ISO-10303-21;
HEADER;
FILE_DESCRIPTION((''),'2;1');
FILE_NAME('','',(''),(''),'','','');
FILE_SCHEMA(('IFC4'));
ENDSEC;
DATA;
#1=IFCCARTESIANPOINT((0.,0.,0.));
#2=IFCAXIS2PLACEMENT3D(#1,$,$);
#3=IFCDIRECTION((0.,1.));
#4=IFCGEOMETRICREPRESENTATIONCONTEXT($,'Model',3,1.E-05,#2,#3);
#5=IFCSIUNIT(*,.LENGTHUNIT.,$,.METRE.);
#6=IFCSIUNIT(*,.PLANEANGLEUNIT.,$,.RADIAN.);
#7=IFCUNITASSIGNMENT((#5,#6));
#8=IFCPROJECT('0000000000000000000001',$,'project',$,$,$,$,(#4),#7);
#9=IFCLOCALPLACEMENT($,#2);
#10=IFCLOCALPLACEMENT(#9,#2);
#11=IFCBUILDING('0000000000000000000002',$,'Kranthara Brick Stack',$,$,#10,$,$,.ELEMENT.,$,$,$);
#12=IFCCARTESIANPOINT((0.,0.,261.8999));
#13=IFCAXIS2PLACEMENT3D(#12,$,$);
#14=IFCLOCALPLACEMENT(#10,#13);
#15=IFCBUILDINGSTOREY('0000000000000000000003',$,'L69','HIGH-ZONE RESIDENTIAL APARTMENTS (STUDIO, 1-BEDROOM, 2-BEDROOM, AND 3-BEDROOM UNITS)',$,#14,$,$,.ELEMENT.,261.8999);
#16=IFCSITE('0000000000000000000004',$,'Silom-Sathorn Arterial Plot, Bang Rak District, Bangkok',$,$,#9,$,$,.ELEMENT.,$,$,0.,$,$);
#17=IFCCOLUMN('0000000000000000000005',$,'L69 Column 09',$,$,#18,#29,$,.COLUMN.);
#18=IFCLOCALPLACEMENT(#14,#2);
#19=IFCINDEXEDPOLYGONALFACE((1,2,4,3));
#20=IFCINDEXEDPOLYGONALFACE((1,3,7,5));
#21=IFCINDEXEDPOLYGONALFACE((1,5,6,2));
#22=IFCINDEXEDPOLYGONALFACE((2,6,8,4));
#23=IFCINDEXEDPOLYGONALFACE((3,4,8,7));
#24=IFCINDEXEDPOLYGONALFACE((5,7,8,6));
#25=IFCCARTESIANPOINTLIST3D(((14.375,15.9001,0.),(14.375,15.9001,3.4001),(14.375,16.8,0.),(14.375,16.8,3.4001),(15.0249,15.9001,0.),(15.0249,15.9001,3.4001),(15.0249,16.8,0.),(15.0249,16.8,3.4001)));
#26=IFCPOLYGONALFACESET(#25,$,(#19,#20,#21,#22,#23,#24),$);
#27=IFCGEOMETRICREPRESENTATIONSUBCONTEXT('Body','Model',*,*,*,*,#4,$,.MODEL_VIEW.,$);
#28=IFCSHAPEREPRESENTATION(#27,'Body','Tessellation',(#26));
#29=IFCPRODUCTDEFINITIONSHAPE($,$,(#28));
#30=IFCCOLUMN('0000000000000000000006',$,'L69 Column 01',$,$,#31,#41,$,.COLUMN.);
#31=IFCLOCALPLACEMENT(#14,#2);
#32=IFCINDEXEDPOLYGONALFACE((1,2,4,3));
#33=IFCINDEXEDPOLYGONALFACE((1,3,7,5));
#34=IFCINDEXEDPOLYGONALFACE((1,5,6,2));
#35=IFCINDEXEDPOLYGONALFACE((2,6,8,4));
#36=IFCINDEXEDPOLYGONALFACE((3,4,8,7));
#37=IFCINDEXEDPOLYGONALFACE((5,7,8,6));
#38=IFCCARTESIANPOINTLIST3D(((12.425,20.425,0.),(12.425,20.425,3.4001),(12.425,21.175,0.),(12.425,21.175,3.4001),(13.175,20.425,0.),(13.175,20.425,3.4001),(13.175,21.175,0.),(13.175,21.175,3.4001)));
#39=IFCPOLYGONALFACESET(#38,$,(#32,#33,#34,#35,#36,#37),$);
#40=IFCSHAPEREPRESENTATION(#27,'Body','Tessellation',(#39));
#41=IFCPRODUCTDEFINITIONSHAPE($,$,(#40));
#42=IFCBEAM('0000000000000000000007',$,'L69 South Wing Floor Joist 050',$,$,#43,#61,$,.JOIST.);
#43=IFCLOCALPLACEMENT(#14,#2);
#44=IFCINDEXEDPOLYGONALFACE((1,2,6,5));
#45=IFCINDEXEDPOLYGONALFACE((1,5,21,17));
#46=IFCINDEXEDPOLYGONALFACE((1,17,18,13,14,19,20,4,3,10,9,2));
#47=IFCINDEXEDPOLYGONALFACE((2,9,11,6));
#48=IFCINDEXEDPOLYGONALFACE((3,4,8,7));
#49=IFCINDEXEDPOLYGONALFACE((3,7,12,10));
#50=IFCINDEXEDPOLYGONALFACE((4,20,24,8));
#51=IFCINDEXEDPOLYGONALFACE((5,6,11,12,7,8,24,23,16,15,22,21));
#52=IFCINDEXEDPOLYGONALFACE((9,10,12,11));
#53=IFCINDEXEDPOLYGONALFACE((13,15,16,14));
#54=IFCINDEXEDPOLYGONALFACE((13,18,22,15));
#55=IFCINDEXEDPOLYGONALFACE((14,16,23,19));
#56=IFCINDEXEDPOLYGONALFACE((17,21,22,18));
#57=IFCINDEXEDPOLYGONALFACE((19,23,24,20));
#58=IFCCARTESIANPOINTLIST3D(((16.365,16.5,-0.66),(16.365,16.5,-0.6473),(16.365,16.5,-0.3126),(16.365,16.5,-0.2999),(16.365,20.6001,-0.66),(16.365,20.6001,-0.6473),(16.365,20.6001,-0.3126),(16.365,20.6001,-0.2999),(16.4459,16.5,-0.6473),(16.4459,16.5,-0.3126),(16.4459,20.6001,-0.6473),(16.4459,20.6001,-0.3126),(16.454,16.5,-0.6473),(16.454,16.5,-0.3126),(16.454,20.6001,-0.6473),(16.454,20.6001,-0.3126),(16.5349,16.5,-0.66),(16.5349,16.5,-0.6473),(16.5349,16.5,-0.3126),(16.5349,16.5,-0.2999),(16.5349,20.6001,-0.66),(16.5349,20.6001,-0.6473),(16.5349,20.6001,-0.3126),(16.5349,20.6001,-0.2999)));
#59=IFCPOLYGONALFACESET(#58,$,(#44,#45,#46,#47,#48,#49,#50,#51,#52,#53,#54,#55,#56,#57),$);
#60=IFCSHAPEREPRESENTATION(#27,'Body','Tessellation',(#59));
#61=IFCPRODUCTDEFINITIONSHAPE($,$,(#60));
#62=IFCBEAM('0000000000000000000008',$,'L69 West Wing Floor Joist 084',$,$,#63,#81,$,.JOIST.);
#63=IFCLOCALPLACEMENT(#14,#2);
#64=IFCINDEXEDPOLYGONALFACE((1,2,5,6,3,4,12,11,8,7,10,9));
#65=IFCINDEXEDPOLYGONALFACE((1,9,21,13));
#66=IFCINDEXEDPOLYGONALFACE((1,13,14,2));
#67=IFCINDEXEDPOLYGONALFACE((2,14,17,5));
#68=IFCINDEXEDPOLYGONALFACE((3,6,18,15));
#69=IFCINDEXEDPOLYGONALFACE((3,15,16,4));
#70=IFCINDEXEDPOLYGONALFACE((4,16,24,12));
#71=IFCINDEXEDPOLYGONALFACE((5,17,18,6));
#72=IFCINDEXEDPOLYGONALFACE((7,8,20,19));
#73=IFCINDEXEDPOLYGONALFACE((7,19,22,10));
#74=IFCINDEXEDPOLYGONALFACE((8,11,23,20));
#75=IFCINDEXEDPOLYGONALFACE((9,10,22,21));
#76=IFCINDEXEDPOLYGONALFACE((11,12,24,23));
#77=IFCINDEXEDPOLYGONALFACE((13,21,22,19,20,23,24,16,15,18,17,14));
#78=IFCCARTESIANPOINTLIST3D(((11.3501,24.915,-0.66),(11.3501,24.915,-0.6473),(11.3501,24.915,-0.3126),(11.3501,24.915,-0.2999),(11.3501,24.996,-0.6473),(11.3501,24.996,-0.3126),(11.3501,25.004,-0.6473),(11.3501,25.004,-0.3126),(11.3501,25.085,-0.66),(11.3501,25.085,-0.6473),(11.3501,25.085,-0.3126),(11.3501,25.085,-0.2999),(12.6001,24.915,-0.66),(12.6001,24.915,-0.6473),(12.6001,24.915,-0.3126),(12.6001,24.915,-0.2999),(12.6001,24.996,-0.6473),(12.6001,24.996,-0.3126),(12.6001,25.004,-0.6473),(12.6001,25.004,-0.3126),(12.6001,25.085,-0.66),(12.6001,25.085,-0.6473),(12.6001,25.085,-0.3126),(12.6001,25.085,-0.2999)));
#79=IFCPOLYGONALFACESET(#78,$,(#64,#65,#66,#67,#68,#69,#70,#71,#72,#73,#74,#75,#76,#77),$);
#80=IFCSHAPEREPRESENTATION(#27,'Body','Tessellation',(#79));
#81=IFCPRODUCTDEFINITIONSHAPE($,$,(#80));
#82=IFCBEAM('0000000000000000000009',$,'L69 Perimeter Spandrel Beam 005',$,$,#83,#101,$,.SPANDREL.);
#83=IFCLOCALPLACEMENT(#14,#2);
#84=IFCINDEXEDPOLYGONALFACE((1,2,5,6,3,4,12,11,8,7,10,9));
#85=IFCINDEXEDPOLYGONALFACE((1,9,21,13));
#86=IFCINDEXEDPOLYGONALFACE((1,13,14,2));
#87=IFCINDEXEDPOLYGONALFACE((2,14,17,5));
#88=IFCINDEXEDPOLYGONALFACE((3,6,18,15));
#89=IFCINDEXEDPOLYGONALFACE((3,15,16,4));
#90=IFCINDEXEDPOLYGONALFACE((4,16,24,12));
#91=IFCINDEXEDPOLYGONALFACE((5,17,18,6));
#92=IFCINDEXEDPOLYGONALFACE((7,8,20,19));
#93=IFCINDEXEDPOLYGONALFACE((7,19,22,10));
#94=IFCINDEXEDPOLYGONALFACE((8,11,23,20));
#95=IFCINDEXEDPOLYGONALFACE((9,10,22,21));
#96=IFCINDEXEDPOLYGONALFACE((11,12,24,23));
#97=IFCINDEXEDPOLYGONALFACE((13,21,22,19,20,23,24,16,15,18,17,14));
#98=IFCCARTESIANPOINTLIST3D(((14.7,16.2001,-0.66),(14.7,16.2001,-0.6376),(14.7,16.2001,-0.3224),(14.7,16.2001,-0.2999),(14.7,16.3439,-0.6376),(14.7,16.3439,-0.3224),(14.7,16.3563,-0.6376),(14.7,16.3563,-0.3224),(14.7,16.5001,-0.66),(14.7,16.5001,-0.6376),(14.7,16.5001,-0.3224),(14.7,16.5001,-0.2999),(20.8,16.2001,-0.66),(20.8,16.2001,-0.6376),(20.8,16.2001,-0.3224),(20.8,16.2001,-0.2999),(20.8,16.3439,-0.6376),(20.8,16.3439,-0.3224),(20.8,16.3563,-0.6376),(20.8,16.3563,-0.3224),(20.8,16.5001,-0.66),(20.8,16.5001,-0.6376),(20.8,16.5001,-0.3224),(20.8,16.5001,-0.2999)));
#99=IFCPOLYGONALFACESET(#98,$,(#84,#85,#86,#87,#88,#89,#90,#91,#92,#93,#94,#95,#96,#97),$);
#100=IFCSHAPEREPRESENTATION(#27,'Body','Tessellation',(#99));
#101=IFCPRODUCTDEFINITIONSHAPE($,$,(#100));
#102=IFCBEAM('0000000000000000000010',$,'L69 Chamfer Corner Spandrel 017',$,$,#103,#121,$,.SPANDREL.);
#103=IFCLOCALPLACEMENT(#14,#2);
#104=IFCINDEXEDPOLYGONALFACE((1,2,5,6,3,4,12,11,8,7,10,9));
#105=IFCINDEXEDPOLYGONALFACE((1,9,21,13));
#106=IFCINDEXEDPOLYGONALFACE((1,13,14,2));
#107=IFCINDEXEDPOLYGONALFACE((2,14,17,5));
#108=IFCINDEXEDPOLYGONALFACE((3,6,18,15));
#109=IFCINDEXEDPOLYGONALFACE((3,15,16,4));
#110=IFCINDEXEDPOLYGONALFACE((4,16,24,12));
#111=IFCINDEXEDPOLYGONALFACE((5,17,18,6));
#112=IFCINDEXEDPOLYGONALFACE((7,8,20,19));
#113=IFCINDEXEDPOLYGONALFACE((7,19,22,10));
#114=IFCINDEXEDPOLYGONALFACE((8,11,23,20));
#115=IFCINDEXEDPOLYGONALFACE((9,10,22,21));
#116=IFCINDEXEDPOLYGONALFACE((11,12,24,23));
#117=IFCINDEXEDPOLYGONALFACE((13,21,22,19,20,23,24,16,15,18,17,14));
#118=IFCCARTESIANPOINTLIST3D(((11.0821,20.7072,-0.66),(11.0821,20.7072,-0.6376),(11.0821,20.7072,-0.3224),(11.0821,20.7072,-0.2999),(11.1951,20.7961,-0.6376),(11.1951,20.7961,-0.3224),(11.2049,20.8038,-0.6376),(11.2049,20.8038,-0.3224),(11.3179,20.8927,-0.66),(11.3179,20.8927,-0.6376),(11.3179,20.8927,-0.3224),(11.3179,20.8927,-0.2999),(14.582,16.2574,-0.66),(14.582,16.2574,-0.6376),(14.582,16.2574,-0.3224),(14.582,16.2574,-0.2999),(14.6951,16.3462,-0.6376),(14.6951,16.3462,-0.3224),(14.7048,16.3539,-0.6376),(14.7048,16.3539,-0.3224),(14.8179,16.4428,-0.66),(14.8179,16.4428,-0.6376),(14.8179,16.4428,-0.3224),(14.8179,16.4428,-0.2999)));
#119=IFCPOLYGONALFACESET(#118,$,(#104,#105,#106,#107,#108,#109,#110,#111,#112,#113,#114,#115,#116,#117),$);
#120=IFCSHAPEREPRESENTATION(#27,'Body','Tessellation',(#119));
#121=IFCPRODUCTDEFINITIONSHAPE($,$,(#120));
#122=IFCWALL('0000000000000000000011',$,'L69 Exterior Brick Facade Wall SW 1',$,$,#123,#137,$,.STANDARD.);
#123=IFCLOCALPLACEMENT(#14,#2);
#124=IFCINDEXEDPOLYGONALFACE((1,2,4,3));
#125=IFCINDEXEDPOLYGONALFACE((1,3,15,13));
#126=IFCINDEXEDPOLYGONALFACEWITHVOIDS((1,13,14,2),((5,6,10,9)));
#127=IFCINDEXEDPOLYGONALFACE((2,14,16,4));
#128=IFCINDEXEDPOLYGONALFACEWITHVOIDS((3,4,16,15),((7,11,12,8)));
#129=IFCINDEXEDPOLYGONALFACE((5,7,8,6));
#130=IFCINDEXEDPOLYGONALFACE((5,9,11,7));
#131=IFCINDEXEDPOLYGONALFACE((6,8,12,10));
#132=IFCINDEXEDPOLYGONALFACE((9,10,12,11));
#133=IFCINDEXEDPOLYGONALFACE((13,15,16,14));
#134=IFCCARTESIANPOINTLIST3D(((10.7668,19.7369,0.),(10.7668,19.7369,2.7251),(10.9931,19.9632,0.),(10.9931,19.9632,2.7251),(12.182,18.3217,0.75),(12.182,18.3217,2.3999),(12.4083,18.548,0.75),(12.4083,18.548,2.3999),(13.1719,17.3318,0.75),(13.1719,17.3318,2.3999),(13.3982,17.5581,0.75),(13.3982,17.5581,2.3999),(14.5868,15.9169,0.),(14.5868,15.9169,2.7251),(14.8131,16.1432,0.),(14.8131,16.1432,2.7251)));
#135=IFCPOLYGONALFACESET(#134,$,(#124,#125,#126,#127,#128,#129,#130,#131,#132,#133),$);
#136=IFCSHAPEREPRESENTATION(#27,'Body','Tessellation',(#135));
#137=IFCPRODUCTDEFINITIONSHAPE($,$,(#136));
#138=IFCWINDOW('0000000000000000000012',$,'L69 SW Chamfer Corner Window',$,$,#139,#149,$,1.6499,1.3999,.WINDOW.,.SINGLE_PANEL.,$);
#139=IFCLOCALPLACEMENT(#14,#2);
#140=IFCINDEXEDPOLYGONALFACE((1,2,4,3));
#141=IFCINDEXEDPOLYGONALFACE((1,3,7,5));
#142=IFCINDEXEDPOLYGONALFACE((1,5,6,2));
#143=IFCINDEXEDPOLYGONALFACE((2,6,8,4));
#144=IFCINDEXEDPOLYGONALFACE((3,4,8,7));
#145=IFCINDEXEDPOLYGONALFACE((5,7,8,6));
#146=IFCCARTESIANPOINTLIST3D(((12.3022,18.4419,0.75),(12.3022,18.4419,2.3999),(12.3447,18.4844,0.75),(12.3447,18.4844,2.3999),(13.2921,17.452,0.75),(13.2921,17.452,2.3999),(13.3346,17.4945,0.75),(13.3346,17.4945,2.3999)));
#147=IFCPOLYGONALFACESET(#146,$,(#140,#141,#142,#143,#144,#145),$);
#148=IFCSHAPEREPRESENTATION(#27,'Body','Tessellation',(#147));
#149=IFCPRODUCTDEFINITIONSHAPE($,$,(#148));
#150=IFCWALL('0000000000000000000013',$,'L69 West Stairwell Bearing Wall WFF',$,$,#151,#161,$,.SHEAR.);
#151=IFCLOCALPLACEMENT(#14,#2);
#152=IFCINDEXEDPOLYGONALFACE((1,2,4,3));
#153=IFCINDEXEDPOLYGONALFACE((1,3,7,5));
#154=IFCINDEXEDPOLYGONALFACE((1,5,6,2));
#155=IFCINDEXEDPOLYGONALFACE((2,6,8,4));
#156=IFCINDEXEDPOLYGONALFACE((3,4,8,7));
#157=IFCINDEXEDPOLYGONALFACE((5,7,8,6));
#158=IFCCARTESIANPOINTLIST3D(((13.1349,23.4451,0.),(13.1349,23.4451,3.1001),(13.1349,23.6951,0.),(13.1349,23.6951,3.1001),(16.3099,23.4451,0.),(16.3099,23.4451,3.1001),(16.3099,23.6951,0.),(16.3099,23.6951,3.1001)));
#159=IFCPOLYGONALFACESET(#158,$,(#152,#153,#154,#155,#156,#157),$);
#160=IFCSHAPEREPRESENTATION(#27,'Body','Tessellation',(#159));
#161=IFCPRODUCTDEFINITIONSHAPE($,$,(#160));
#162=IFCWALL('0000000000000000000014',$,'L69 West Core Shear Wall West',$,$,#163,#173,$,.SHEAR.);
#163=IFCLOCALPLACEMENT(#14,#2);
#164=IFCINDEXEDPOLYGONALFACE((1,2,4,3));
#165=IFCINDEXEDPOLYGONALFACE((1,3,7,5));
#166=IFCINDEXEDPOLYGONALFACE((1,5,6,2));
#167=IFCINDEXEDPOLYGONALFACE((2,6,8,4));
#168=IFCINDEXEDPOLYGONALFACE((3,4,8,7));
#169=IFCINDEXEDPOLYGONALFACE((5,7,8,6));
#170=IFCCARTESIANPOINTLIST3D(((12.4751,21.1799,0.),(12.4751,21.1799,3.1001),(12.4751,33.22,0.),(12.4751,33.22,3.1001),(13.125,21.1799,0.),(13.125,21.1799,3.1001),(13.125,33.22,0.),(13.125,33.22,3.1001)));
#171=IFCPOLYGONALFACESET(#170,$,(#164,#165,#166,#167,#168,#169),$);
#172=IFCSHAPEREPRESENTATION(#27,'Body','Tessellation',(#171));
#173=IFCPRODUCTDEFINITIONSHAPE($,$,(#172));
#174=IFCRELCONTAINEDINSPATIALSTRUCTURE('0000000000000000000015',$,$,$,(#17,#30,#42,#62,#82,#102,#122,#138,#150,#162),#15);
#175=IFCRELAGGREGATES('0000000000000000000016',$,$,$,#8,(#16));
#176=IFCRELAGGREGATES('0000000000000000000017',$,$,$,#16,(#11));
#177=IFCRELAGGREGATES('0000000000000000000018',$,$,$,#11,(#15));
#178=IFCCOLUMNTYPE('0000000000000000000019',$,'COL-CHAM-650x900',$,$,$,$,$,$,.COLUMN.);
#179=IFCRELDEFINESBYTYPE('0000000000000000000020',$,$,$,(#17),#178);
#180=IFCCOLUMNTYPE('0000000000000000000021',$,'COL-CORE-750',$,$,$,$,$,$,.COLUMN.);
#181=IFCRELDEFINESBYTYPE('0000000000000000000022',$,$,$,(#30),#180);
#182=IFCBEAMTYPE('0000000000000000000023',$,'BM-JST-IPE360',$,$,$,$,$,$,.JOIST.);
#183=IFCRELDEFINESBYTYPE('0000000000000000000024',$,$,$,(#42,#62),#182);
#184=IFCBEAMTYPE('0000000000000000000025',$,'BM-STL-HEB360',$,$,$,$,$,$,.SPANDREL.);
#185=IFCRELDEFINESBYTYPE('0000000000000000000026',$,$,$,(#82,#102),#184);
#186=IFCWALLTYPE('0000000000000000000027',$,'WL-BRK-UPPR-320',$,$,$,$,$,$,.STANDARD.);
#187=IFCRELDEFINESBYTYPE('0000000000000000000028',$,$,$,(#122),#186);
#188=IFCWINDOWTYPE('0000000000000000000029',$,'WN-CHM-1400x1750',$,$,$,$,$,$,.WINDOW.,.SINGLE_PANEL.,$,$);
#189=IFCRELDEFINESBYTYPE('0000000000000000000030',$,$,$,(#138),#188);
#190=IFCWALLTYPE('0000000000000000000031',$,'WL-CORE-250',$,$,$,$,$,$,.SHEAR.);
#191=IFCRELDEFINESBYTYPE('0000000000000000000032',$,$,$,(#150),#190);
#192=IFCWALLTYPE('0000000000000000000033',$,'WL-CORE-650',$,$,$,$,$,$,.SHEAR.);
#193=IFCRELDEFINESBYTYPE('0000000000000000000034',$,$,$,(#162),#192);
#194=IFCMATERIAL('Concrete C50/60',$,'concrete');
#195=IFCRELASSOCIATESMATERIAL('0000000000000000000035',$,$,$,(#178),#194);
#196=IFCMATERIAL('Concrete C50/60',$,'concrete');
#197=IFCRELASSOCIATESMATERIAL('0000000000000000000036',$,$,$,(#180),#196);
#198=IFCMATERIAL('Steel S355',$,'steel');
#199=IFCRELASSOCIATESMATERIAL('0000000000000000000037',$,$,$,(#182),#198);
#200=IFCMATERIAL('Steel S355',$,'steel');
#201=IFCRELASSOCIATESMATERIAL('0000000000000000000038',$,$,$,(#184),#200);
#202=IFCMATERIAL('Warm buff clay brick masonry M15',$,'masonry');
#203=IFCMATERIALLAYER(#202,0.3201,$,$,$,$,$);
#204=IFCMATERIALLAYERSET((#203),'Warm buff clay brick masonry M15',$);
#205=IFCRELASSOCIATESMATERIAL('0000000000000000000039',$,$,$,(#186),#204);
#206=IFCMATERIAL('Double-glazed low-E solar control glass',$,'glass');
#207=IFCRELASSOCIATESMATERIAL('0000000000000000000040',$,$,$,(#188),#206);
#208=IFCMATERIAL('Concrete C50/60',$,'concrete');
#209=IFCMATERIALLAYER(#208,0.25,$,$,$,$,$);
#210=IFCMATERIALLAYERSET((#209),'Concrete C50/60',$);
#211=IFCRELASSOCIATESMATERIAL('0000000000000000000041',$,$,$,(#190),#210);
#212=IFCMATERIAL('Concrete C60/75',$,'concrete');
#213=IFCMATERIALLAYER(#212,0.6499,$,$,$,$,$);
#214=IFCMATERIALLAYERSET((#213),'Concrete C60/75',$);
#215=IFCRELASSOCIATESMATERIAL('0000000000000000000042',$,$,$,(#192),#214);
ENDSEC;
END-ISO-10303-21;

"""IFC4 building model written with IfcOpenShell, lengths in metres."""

from ifc_helpers import new_model, si_unit, direction, frame, frame_2d, origin, origin_2d, place, context, subcontext, project, spatial, rectangle, i_section, extrude, material, layer, layer_set, material_profile, profile_set, type_object, element, fill, save


model = new_model("IFC4")

# Units and contexts
model_context = context("Model", 3, precision=1e-05, world=origin(), true_north=direction((0.0, 1.0)))
body_context = subcontext(model_context, "Body", "Model", "MODEL_VIEW")
ifc_project = project(units=[si_unit("LENGTHUNIT", "METRE"), si_unit("PLANEANGLEUNIT", "RADIAN")], contexts=[model_context])

# Site, building, storey
site_placement = place(None, origin())
site = spatial("IfcSite", under=ifc_project, at=site_placement, Name="Silom-Sathorn Arterial Plot, Bang Rak District, Bangkok", CompositionType="ELEMENT", RefElevation=0.0)
building_placement = place(site_placement, origin())
building = spatial("IfcBuilding", under=site, at=building_placement, Name="Kranthara Brick Stack", CompositionType="ELEMENT")
storey_placement = place(building_placement, frame((0.0, 0.0, 261.8999)))
storey = spatial("IfcBuildingStorey", under=building, at=storey_placement, Name="L69", Description="HIGH-ZONE RESIDENTIAL APARTMENTS (STUDIO, 1-BEDROOM, 2-BEDROOM, AND 3-BEDROOM UNITS)", CompositionType="ELEMENT", Elevation=261.8999)

# Columns
ifc_material_1 = material(Name="Concrete C50/60", Category="concrete")
ifc_material_profile_1 = material_profile(ifc_material_1, rectangle(XDim=0.6499, YDim=0.8999, at=origin_2d()), Name="RC 650x900")
ifc_profile_set_1 = profile_set([ifc_material_profile_1], Name="Concrete C50/60")
column_type_1 = type_object("IfcColumnType", Name="COL-CHAM-650x900", PredefinedType="COLUMN", material=ifc_profile_set_1)
column_1_placement = place(storey_placement, frame((14.7, 16.3501, 0.0), z_axis=(0.0, 0.0, 1.0), x_axis=(1.0, 0.0, 0.0)))
element("IfcColumn", 1, at=column_1_placement, inside=storey, type_object=column_type_1, Name="L69 Column 09", PredefinedType="COLUMN", context=body_context, shape_type="SweptSolid", body=[
    extrude(rectangle(XDim=0.6499, YDim=0.8999, at=origin_2d()), origin(), (0.0, 0.0, 1.0), 3.4001),
])
ifc_material_2 = material(Name="Concrete C50/60", Category="concrete")
ifc_material_profile_2 = material_profile(ifc_material_2, rectangle(XDim=0.75, YDim=0.75, at=origin_2d()), Name="RC 750x750")
ifc_profile_set_2 = profile_set([ifc_material_profile_2], Name="Concrete C50/60")
column_type_2 = type_object("IfcColumnType", Name="COL-CORE-750", PredefinedType="COLUMN", material=ifc_profile_set_2)
column_2_placement = place(storey_placement, frame((12.8, 20.8, 0.0), z_axis=(0.0, 0.0, 1.0), x_axis=(1.0, 0.0, 0.0)))
element("IfcColumn", 2, at=column_2_placement, inside=storey, type_object=column_type_2, Name="L69 Column 01", PredefinedType="COLUMN", context=body_context, shape_type="SweptSolid", body=[
    extrude(rectangle(XDim=0.75, YDim=0.75, at=origin_2d()), origin(), (0.0, 0.0, 1.0), 3.4001),
])

# Beams
ifc_material_3 = material(Name="Steel S355", Category="steel")
ifc_material_profile_3 = material_profile(ifc_material_3, i_section(OverallWidth=0.1699, OverallDepth=0.3601, WebThickness=0.0081, FlangeThickness=0.0127, at=origin_2d()), Name="IPE 360")
ifc_profile_set_3 = profile_set([ifc_material_profile_3], Name="Steel S355")
beam_type_1 = type_object("IfcBeamType", Name="BM-JST-IPE360", PredefinedType="JOIST", material=ifc_profile_set_3)
beam_1_placement = place(storey_placement, frame((16.45, 16.5, -0.48), z_axis=(0.0, 1.0, 0.0), x_axis=(-1.0, 0.0, 0.0)))
element("IfcBeam", 3, at=beam_1_placement, inside=storey, type_object=beam_type_1, Name="L69 South Wing Floor Joist 050", PredefinedType="JOIST", context=body_context, shape_type="SweptSolid", body=[
    extrude(i_section(OverallWidth=0.1699, OverallDepth=0.3601, WebThickness=0.0081, FlangeThickness=0.0127, at=origin_2d()), origin(), (0.0, 0.0, 1.0), 4.1001),
])
beam_2_placement = place(storey_placement, frame((11.3501, 25.0, -0.48), z_axis=(1.0, 0.0, 0.0), x_axis=(0.0, 1.0, 0.0)))
element("IfcBeam", 4, at=beam_2_placement, inside=storey, type_object=beam_type_1, Name="L69 West Wing Floor Joist 084", PredefinedType="JOIST", context=body_context, shape_type="SweptSolid", body=[
    extrude(i_section(OverallWidth=0.1699, OverallDepth=0.3601, WebThickness=0.0081, FlangeThickness=0.0127, at=origin_2d()), origin(), (0.0, 0.0, 1.0), 1.25),
])
ifc_material_4 = material(Name="Steel S355", Category="steel")
ifc_material_profile_4 = material_profile(ifc_material_4, i_section(OverallWidth=0.3, OverallDepth=0.3601, WebThickness=0.0125, FlangeThickness=0.0225, at=origin_2d()), Name="HEB 360")
ifc_profile_set_4 = profile_set([ifc_material_profile_4], Name="Steel S355")
beam_type_2 = type_object("IfcBeamType", Name="BM-STL-HEB360", PredefinedType="SPANDREL", material=ifc_profile_set_4)
beam_3_placement = place(storey_placement, frame((14.7, 16.3501, -0.48), z_axis=(1.0, 0.0, 0.0), x_axis=(0.0, 1.0, 0.0)))
element("IfcBeam", 5, at=beam_3_placement, inside=storey, type_object=beam_type_2, Name="L69 Perimeter Spandrel Beam 005", PredefinedType="SPANDREL", context=body_context, shape_type="SweptSolid", body=[
    extrude(i_section(OverallWidth=0.3, OverallDepth=0.3601, WebThickness=0.0125, FlangeThickness=0.0225, at=origin_2d()), origin(), (0.0, 0.0, 1.0), 6.1001),
])
beam_4_placement = place(storey_placement, frame((14.7, 16.3501, -0.48), z_axis=(-0.618216, 0.786008, 0.0), x_axis=(-0.786008, -0.618216, 0.0)))
element("IfcBeam", 6, at=beam_4_placement, inside=storey, type_object=beam_type_2, Name="L69 Chamfer Corner Spandrel 017", PredefinedType="SPANDREL", context=body_context, shape_type="SweptSolid", body=[
    extrude(i_section(OverallWidth=0.3, OverallDepth=0.3601, WebThickness=0.0125, FlangeThickness=0.0225, at=origin_2d()), origin(), (0.0, 0.0, 1.0), 5.6614),
])

# Wall, opening, window
ifc_material_5 = material(Name="Warm buff clay brick masonry M15", Category="masonry")
ifc_layer_1 = layer(ifc_material_5, 0.3201)
ifc_layer_set_1 = layer_set([ifc_layer_1], Name="Warm buff clay brick masonry M15")
wall_type_1 = type_object("IfcWallType", Name="WL-BRK-UPPR-320", PredefinedType="STANDARD", material=ifc_layer_set_1)
wall_1_placement = place(storey_placement, frame((14.7, 16.03, 0.0), z_axis=(0.0, 0.0, 1.0), x_axis=(-0.707107, 0.707107, 0.0)))
wall_1 = element("IfcWall", 7, at=wall_1_placement, inside=storey, type_object=wall_type_1, Name="L69 Exterior Brick Facade Wall SW 1", PredefinedType="STANDARD", context=body_context, shape_type="SweptSolid", body=[
    extrude(rectangle(XDim=5.4023, YDim=0.3201, at=frame_2d((2.7012, 0.0))), origin(), (0.0, 0.0, 1.0), 2.7251),
])
opening_1_placement = place(wall_1_placement, frame((2.001, 0.0, 0.75)))
opening_1 = element("IfcOpeningElement", 8, at=opening_1_placement, cuts=wall_1, PredefinedType="OPENING", context=body_context, shape_type="SweptSolid", body=[
    extrude(rectangle(XDim=1.3999, YDim=1.6499, at=frame_2d((0.7, 0.825))), frame((0.0, 0.1699, 0.0), z_axis=(0.0, -1.0, 0.0), x_axis=(1.0, 0.0, 0.0)), (0.0, 0.0, 1.0), 0.3401),
])
ifc_material_6 = material(Name="Double-glazed low-E solar control glass", Category="glass")
window_type = type_object("IfcWindowType", Name="WN-CHM-1400x1750", PartitioningType="SINGLE_PANEL", PredefinedType="WINDOW", material=ifc_material_6)
window_placement = place(opening_1_placement, origin())
window = element("IfcWindow", 9, at=window_placement, inside=storey, type_object=window_type, Name="L69 SW Chamfer Corner Window", OverallHeight=1.6499, OverallWidth=1.3999, PartitioningType="SINGLE_PANEL", PredefinedType="WINDOW", context=body_context, shape_type="SweptSolid", body=[
    extrude(rectangle(XDim=1.3999, YDim=1.6499, at=frame_2d((0.7, 0.825))), frame((0.0, -0.01, 0.0), z_axis=(0.0, -1.0, 0.0), x_axis=(1.0, 0.0, 0.0)), (0.0, 0.0, 1.0), 0.0601),
])
fill(opening_1, window)

# Shared definitions
ifc_material_7 = material(Name="Concrete C50/60", Category="concrete")
ifc_layer_2 = layer(ifc_material_7, 0.25)
ifc_layer_set_2 = layer_set([ifc_layer_2], Name="Concrete C50/60")
wall_type_2 = type_object("IfcWallType", Name="WL-CORE-250", PredefinedType="SHEAR", material=ifc_layer_set_2)

# Walls
wall_2_placement = place(storey_placement, frame((13.135, 23.5701, 0.0), z_axis=(0.0, 0.0, 1.0), x_axis=(1.0, 0.0, 0.0)))
element("IfcWall", 10, at=wall_2_placement, inside=storey, type_object=wall_type_2, Name="L69 West Stairwell Bearing Wall WFF", PredefinedType="SHEAR", context=body_context, shape_type="SweptSolid", body=[
    extrude(rectangle(XDim=3.175, YDim=0.25, at=frame_2d((1.5874, 0.0))), origin(), (0.0, 0.0, 1.0), 3.1001),
])
ifc_material_8 = material(Name="Concrete C60/75", Category="concrete")
ifc_layer_3 = layer(ifc_material_8, 0.6499)
ifc_layer_set_3 = layer_set([ifc_layer_3], Name="Concrete C60/75")
wall_type_3 = type_object("IfcWallType", Name="WL-CORE-650", PredefinedType="SHEAR", material=ifc_layer_set_3)
wall_3_placement = place(storey_placement, frame((12.8, 21.1799, 0.0), z_axis=(0.0, 0.0, 1.0), x_axis=(0.0, 1.0, 0.0)))
element("IfcWall", 11, at=wall_3_placement, inside=storey, type_object=wall_type_3, Name="L69 West Core Shear Wall West", PredefinedType="SHEAR", context=body_context, shape_type="SweptSolid", body=[
    extrude(rectangle(XDim=12.04, YDim=0.6499, at=frame_2d((6.02, 0.0))), origin(), (0.0, 0.0, 1.0), 3.1001),
])

save(model, "model.ifc")
